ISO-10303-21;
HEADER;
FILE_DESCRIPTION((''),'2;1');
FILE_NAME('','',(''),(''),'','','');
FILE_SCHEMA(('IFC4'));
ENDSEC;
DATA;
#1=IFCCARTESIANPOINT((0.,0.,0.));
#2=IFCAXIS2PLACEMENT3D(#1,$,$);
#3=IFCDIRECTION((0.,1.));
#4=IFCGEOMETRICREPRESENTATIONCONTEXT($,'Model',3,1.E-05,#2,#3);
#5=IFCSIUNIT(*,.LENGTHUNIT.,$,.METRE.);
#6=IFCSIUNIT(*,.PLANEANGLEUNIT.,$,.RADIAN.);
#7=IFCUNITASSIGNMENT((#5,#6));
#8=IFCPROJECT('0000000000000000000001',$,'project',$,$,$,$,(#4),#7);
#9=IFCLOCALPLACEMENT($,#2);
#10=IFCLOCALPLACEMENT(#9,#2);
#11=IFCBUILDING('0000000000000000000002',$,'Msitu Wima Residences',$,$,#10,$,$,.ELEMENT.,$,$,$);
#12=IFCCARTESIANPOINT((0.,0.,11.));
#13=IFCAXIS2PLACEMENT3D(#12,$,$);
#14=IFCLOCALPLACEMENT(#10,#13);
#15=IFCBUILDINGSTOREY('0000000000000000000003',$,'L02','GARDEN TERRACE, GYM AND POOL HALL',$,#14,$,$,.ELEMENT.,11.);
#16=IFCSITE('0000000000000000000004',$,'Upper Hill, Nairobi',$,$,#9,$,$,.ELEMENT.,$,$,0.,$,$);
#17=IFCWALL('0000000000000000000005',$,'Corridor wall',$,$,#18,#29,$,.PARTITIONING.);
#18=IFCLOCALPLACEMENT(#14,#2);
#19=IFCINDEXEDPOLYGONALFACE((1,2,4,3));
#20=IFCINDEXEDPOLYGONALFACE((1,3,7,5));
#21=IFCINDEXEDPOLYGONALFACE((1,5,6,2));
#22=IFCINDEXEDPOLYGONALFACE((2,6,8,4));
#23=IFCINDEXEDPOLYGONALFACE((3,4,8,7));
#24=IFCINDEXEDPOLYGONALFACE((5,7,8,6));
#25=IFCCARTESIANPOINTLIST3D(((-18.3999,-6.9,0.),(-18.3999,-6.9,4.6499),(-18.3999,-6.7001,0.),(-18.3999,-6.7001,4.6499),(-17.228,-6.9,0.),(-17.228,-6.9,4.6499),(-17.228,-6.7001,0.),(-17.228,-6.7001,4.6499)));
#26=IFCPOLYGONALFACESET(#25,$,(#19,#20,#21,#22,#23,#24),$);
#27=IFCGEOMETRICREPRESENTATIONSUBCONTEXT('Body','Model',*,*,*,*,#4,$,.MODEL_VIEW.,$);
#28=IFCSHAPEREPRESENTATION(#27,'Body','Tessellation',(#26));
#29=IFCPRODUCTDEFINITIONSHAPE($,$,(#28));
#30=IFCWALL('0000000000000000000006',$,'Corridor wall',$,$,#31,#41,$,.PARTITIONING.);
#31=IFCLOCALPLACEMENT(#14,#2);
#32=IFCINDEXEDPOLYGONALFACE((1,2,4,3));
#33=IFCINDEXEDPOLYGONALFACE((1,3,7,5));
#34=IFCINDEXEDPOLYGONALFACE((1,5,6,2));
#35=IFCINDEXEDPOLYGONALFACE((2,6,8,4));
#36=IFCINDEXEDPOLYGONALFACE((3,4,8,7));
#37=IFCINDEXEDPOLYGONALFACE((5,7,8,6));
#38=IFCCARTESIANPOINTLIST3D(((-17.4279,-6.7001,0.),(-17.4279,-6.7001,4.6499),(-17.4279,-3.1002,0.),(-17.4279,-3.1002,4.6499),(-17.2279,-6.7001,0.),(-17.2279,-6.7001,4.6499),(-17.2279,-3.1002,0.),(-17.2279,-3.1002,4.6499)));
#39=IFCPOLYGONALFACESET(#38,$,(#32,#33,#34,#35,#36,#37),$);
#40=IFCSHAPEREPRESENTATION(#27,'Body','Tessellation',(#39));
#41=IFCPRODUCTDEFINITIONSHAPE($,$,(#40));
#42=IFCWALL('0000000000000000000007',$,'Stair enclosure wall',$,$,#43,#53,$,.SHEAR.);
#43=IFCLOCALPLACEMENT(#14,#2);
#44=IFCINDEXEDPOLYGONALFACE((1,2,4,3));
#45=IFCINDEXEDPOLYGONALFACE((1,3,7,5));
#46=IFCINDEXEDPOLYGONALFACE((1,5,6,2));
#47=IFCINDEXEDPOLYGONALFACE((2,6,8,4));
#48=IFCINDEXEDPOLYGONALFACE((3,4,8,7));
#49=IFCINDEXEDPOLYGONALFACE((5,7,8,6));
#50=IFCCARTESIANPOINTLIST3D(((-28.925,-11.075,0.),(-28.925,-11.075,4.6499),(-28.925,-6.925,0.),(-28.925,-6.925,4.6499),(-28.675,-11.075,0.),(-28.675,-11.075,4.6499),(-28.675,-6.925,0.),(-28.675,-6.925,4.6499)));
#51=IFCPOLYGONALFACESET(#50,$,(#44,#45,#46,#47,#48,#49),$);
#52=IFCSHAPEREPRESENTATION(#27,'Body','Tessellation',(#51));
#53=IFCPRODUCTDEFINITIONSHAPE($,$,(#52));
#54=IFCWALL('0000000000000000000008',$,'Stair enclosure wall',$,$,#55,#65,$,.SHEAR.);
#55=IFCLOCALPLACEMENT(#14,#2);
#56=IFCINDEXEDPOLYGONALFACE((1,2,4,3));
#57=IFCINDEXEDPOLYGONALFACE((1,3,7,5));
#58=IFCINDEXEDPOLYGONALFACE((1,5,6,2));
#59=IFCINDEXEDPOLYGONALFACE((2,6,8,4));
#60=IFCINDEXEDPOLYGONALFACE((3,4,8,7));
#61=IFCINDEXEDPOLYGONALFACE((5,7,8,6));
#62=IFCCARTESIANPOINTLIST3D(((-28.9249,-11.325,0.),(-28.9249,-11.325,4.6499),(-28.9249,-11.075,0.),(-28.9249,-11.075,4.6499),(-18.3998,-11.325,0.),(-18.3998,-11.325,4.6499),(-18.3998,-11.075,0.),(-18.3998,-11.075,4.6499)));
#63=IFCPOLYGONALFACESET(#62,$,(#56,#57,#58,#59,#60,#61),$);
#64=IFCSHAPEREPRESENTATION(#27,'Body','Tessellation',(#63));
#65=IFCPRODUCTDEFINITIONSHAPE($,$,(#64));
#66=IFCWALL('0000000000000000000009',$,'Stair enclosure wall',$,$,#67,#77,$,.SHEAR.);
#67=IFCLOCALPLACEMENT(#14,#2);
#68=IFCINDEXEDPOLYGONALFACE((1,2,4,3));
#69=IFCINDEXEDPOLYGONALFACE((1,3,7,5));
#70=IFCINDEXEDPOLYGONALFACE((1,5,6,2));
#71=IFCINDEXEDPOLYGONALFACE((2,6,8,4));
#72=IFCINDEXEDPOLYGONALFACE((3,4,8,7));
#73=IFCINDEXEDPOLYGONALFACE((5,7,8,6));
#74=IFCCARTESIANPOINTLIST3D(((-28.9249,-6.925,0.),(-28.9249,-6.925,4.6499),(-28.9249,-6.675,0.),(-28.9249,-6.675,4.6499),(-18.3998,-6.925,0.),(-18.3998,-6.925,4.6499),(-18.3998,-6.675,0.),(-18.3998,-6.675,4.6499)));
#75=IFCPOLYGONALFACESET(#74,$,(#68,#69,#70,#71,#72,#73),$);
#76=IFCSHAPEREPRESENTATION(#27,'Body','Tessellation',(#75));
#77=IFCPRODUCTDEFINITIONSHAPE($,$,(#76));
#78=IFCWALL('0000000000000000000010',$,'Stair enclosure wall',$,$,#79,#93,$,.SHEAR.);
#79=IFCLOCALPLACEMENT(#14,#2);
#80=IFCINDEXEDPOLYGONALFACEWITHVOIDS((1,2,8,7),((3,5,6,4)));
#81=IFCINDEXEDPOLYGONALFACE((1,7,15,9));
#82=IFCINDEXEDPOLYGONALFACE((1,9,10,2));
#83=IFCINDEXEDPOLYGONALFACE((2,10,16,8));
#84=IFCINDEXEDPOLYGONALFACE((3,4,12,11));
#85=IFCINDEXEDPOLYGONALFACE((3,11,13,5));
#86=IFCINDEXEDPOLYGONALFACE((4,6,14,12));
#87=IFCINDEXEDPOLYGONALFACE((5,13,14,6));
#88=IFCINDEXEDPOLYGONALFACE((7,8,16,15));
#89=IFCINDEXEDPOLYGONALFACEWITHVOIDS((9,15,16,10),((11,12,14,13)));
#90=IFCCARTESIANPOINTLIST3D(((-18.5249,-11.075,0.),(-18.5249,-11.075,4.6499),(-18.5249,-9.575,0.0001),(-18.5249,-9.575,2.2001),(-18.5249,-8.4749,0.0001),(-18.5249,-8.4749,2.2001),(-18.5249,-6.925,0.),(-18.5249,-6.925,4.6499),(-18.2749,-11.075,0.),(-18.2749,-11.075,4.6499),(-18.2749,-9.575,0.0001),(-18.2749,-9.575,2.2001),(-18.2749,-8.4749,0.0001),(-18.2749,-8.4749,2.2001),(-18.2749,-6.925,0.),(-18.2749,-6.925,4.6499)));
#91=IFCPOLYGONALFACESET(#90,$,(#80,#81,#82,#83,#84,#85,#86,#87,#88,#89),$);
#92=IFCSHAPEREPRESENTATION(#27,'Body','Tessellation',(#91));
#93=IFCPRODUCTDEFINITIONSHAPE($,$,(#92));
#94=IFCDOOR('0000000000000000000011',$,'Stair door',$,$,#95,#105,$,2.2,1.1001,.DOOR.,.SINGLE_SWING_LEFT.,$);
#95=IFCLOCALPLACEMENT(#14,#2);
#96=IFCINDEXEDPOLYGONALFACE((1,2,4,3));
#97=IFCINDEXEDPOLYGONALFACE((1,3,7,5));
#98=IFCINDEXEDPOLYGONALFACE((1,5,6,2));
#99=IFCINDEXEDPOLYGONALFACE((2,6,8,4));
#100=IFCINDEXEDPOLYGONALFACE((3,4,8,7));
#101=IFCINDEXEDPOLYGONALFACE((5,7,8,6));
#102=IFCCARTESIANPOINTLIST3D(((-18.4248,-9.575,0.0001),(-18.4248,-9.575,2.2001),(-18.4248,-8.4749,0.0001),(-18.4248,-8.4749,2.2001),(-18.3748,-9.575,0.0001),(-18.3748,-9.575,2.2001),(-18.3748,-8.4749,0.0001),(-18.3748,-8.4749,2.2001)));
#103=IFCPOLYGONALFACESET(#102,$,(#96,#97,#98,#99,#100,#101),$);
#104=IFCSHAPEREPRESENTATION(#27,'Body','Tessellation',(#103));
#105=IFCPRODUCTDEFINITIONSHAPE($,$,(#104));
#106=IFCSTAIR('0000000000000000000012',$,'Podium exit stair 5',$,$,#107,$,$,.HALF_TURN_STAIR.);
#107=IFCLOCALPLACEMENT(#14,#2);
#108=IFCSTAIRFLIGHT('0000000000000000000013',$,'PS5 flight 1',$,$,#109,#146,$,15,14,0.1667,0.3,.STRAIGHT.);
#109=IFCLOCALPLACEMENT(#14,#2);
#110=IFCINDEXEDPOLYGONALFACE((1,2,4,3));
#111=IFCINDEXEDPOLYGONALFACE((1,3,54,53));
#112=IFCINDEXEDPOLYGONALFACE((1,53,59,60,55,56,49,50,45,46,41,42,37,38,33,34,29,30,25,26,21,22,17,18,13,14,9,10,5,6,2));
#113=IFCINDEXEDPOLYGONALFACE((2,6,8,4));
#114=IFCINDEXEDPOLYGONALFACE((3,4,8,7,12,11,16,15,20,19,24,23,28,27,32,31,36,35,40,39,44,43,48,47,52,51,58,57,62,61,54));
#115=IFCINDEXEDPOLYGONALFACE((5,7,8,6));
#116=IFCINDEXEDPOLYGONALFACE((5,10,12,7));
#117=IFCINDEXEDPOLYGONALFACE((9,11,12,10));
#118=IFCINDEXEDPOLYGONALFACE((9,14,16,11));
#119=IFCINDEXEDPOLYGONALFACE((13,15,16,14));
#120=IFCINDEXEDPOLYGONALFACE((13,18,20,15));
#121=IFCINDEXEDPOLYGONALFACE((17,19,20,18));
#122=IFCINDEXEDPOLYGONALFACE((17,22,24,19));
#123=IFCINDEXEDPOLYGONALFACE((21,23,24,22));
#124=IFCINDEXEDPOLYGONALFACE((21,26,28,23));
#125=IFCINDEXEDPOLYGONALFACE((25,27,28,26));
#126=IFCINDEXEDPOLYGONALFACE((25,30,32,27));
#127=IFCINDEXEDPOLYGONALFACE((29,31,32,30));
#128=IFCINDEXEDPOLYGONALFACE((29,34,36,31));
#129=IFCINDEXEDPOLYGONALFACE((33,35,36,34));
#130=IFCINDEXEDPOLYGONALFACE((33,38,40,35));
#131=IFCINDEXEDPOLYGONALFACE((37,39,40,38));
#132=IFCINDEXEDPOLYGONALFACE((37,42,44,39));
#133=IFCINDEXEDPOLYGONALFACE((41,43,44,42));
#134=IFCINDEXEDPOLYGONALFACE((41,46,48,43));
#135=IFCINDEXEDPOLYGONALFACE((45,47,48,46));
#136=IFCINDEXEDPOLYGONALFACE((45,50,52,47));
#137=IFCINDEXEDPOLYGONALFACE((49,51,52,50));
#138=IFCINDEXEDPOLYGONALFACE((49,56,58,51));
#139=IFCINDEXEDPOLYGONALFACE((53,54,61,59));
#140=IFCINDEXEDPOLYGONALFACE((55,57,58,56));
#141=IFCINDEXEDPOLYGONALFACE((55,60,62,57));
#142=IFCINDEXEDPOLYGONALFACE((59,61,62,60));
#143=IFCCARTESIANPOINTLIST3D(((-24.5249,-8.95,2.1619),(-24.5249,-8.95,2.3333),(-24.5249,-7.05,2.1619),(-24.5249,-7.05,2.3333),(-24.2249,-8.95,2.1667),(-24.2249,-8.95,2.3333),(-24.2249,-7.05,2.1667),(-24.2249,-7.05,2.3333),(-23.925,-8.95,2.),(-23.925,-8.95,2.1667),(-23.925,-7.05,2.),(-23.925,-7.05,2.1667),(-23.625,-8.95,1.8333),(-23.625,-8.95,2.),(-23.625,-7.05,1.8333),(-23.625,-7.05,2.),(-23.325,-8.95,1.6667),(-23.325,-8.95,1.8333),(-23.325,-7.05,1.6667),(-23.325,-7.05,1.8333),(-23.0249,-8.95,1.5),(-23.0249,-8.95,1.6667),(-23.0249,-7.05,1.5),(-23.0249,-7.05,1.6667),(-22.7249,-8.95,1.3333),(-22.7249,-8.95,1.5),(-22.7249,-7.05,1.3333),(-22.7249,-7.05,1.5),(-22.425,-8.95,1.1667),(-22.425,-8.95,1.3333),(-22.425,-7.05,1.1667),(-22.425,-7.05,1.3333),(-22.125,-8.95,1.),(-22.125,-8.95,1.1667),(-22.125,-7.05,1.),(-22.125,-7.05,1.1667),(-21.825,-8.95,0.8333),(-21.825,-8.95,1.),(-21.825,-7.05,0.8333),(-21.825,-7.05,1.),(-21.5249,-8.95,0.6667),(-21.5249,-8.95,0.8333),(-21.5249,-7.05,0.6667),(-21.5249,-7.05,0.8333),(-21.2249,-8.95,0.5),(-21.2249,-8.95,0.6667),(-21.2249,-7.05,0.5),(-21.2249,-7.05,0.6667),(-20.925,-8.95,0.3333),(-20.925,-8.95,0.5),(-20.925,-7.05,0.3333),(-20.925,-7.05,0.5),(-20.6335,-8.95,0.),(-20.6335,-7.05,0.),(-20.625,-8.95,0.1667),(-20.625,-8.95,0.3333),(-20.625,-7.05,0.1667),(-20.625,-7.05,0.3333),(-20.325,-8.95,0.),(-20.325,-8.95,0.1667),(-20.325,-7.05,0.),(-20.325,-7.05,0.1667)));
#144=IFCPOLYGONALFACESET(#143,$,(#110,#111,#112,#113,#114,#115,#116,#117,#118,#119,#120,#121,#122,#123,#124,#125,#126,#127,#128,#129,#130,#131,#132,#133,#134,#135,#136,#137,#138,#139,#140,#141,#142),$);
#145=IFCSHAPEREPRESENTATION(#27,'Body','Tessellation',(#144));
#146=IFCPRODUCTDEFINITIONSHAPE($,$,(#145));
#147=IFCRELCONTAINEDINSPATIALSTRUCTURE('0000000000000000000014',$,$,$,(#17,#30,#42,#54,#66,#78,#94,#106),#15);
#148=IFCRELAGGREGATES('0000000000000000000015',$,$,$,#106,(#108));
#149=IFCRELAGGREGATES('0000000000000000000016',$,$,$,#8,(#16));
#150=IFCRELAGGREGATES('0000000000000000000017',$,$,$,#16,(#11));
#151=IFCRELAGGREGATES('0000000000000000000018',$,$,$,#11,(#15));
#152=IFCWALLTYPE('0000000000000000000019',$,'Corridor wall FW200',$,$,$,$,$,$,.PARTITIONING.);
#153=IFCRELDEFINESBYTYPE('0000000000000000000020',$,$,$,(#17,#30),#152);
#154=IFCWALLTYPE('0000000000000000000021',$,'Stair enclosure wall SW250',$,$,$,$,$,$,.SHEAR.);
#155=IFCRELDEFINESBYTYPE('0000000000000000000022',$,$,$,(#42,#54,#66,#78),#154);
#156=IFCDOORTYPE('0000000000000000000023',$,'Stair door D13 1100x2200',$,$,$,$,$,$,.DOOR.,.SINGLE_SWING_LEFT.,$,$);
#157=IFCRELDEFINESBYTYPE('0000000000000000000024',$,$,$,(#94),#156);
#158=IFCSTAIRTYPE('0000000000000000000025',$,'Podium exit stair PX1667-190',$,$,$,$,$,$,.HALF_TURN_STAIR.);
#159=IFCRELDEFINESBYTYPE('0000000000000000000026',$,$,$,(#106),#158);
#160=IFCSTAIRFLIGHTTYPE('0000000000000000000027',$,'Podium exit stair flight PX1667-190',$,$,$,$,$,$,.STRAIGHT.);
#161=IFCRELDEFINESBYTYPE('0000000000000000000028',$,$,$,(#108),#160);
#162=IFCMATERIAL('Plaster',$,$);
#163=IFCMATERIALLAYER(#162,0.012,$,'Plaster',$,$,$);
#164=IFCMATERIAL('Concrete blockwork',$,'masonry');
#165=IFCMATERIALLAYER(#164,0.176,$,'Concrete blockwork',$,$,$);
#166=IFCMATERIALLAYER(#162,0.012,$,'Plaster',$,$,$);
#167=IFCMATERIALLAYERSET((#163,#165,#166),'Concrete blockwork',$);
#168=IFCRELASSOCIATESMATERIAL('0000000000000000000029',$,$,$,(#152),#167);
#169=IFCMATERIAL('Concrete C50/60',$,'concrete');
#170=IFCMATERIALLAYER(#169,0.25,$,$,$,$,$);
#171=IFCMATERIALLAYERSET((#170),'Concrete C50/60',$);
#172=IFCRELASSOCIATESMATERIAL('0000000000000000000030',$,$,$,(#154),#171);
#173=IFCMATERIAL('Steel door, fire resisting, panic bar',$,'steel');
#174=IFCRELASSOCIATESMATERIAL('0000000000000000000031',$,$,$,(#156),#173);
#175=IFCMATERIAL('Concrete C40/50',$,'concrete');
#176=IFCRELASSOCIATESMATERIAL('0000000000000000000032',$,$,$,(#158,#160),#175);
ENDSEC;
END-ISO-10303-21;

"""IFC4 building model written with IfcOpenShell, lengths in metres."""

from ifc_helpers import new_model, si_unit, direction, frame, frame_2d, origin, place, context, subcontext, project, spatial, polyline, rectangle, outline, extrude, material, layer, layer_set, type_object, element, fill, aggregate, save


model = new_model("IFC4")

# Units and contexts
model_context = context("Model", 3, precision=1e-05, world=origin(), true_north=direction((0.0, 1.0)))
body_context = subcontext(model_context, "Body", "Model", "MODEL_VIEW")
ifc_project = project(units=[si_unit("LENGTHUNIT", "METRE"), si_unit("PLANEANGLEUNIT", "RADIAN")], contexts=[model_context])

# Site, building, storey
site_placement = place(None, origin())
site = spatial("IfcSite", under=ifc_project, at=site_placement, Name="Upper Hill, Nairobi", CompositionType="ELEMENT", RefElevation=0.0)
building_placement = place(site_placement, origin())
building = spatial("IfcBuilding", under=site, at=building_placement, Name="Msitu Wima Residences", CompositionType="ELEMENT")
storey_placement = place(building_placement, frame((0.0, 0.0, 11.0)))
storey = spatial("IfcBuildingStorey", under=building, at=storey_placement, Name="L02", Description="GARDEN TERRACE, GYM AND POOL HALL", CompositionType="ELEMENT", Elevation=11.0)

# Shared definitions
ifc_material_1 = material(Name="Concrete C40/50", Category="concrete")

# Shared definitions
ifc_material_2 = material(Name="Steel door, fire resisting, panic bar", Category="steel")

# Walls
ifc_material_3 = material(Name="Plaster")
ifc_layer_1 = layer(ifc_material_3, 0.012, Name="Plaster")
ifc_material_4 = material(Name="Concrete blockwork", Category="masonry")
ifc_layer_2 = layer(ifc_material_4, 0.176, Name="Concrete blockwork")
ifc_layer_3 = layer(ifc_material_3, 0.012, Name="Plaster")
ifc_layer_set_1 = layer_set([ifc_layer_1, ifc_layer_2, ifc_layer_3], Name="Concrete blockwork")
wall_type_1 = type_object("IfcWallType", Name="Corridor wall FW200", PredefinedType="PARTITIONING", material=ifc_layer_set_1)
for number, where, z_axis, x_axis, name in (
    (1, (-18.3999, -6.8, 0.0), (0.0, 0.0, 1.0), (1.0, 0.0, 0.0), "Corridor wall"),
):
    element("IfcWall", number, at=place(storey_placement, frame(where, z_axis=z_axis, x_axis=x_axis)), inside=storey, type_object=wall_type_1, Name=name, PredefinedType="PARTITIONING", context=body_context, shape_type="SweptSolid", body=[
        extrude(rectangle(XDim=1.1719, YDim=0.2, at=frame_2d((0.5859, 0.0))), origin(), (0.0, 0.0, 1.0), 4.6499),
    ])
wall_1_placement = place(storey_placement, frame((-17.3279, -6.7, 0.0), z_axis=(0.0, 0.0, 1.0), x_axis=(0.0, 1.0, 0.0)))
element("IfcWall", 2, at=wall_1_placement, inside=storey, type_object=wall_type_1, Name="Corridor wall", PredefinedType="PARTITIONING", context=body_context, shape_type="SweptSolid", body=[
    extrude(rectangle(XDim=3.5999, YDim=0.2, at=frame_2d((1.7998, 0.0))), origin(), (0.0, 0.0, 1.0), 4.6499),
])
ifc_material_5 = material(Name="Concrete C50/60", Category="concrete")
ifc_layer_4 = layer(ifc_material_5, 0.25)
ifc_layer_set_2 = layer_set([ifc_layer_4], Name="Concrete C50/60")
wall_type_2 = type_object("IfcWallType", Name="Stair enclosure wall SW250", PredefinedType="SHEAR", material=ifc_layer_set_2)
wall_2_placement = place(storey_placement, frame((-28.8, -11.075, 0.0), z_axis=(0.0, 0.0, 1.0), x_axis=(0.0, 1.0, 0.0)))
element("IfcWall", 3, at=wall_2_placement, inside=storey, type_object=wall_type_2, Name="Stair enclosure wall", PredefinedType="SHEAR", context=body_context, shape_type="SweptSolid", body=[
    extrude(rectangle(XDim=4.1499, YDim=0.25, at=frame_2d((2.075, 0.0))), origin(), (0.0, 0.0, 1.0), 4.6499),
])
for number, where, z_axis, x_axis, name in (
    (4, (-28.925, -11.2, 0.0), (0.0, 0.0, 1.0), (1.0, 0.0, 0.0), "Stair enclosure wall"),
    (5, (-28.925, -6.8, 0.0), (0.0, 0.0, 1.0), (1.0, 0.0, 0.0), "Stair enclosure wall"),
):
    element("IfcWall", number, at=place(storey_placement, frame(where, z_axis=z_axis, x_axis=x_axis)), inside=storey, type_object=wall_type_2, Name=name, PredefinedType="SHEAR", context=body_context, shape_type="SweptSolid", body=[
        extrude(rectangle(XDim=10.5251, YDim=0.25, at=frame_2d((5.2627, 0.0))), origin(), (0.0, 0.0, 1.0), 4.6499),
    ])

# Wall, opening, door
wall_3_placement = place(storey_placement, frame((-18.3999, -11.075, 0.0), z_axis=(0.0, 0.0, 1.0), x_axis=(0.0, 1.0, 0.0)))
wall_3 = element("IfcWall", 6, at=wall_3_placement, inside=storey, type_object=wall_type_2, Name="Stair enclosure wall", PredefinedType="SHEAR", context=body_context, shape_type="SweptSolid", body=[
    extrude(rectangle(XDim=4.1499, YDim=0.25, at=frame_2d((2.075, 0.0))), origin(), (0.0, 0.0, 1.0), 4.6499),
])
opening_1_placement = place(wall_3_placement, frame((1.5, 0.0, 0.0)))
opening_1 = element("IfcOpeningElement", 7, at=opening_1_placement, cuts=wall_3, PredefinedType="OPENING", context=body_context, shape_type="SweptSolid", body=[
    extrude(rectangle(XDim=1.1001, YDim=2.2, at=frame_2d((0.55, 1.1001))), frame((0.0, 0.135, 0.0), z_axis=(0.0, -1.0, 0.0), x_axis=(1.0, 0.0, 0.0)), (0.0, 0.0, 1.0), 0.27),
])
door_type_1 = type_object("IfcDoorType", Name="Stair door D13 1100x2200", OperationType="SINGLE_SWING_LEFT", PredefinedType="DOOR", material=ifc_material_2)
door_1_placement = place(opening_1_placement, origin())
door_1 = element("IfcDoor", 8, at=door_1_placement, inside=storey, type_object=door_type_1, Name="Stair door", OperationType="SINGLE_SWING_LEFT", OverallHeight=2.2, OverallWidth=1.1001, PredefinedType="DOOR", context=body_context, shape_type="SweptSolid", body=[
    extrude(rectangle(XDim=1.1001, YDim=2.2, at=frame_2d((0.55, 1.1001))), frame((0.0, 0.0249, 0.0), z_axis=(0.0, -1.0, 0.0), x_axis=(1.0, 0.0, 0.0)), (0.0, 0.0, 1.0), 0.05),
])
fill(opening_1, door_1)

# Stair, stair flight
stair_type = type_object("IfcStairType", Name="Podium exit stair PX1667-190", PredefinedType="HALF_TURN_STAIR", material=ifc_material_1)
stair_placement = place(storey_placement, origin())
stair = element("IfcStair", 9, at=stair_placement, inside=storey, type_object=stair_type, Name="Podium exit stair 5", PredefinedType="HALF_TURN_STAIR")
stair_flight_type = type_object("IfcStairFlightType", Name="Podium exit stair flight PX1667-190", PredefinedType="STRAIGHT", material=ifc_material_1)
stair_flight_1_placement = place(storey_placement, frame((-20.325, -8.0, 0.0), z_axis=(0.0, 0.0, 1.0), x_axis=(-1.0, 0.0, 0.0)))
stair_flight_1 = element("IfcStairFlight", 10, at=stair_flight_1_placement, type_object=stair_flight_type, Name="PS5 flight 1", NumberOfRisers=15, NumberOfTreads=14, PredefinedType="STRAIGHT", RiserHeight=0.1667, TreadLength=0.3, context=body_context, shape_type="SweptSolid", body=[
    extrude(outline(polyline([(0.0, 0.0), (0.0, 0.1667), (0.3, 0.1667), (0.3, 0.3333), (0.6001, 0.3333), (0.6001, 0.5), (0.8999, 0.5), (0.8999, 0.6667), (1.2, 0.6667), (1.2, 0.8333), (1.5, 0.8333), (1.5, 1.0), (1.8, 1.0), (1.8, 1.1667), (2.1001, 1.1667), (2.1001, 1.3333), (2.3999, 1.3333), (2.3999, 1.5), (2.7, 1.5), (2.7, 1.6667), (3.0, 1.6667), (3.0, 1.8333), (3.3, 1.8333), (3.3, 2.0), (3.6001, 2.0), (3.6001, 2.1667), (3.8999, 2.1667), (3.8999, 2.3333), (4.2, 2.3333), (4.2, 2.5), (4.2, 2.1619), (0.3086, 0.0), (0.0, 0.0)])), frame((0.0, 0.95, 0.0), z_axis=(0.0, -1.0, 0.0), x_axis=(1.0, 0.0, 0.0)), (0.0, 0.0, 1.0), 1.8999),
])
aggregate(stair, [stair_flight_1])

save(model, "model.ifc")
